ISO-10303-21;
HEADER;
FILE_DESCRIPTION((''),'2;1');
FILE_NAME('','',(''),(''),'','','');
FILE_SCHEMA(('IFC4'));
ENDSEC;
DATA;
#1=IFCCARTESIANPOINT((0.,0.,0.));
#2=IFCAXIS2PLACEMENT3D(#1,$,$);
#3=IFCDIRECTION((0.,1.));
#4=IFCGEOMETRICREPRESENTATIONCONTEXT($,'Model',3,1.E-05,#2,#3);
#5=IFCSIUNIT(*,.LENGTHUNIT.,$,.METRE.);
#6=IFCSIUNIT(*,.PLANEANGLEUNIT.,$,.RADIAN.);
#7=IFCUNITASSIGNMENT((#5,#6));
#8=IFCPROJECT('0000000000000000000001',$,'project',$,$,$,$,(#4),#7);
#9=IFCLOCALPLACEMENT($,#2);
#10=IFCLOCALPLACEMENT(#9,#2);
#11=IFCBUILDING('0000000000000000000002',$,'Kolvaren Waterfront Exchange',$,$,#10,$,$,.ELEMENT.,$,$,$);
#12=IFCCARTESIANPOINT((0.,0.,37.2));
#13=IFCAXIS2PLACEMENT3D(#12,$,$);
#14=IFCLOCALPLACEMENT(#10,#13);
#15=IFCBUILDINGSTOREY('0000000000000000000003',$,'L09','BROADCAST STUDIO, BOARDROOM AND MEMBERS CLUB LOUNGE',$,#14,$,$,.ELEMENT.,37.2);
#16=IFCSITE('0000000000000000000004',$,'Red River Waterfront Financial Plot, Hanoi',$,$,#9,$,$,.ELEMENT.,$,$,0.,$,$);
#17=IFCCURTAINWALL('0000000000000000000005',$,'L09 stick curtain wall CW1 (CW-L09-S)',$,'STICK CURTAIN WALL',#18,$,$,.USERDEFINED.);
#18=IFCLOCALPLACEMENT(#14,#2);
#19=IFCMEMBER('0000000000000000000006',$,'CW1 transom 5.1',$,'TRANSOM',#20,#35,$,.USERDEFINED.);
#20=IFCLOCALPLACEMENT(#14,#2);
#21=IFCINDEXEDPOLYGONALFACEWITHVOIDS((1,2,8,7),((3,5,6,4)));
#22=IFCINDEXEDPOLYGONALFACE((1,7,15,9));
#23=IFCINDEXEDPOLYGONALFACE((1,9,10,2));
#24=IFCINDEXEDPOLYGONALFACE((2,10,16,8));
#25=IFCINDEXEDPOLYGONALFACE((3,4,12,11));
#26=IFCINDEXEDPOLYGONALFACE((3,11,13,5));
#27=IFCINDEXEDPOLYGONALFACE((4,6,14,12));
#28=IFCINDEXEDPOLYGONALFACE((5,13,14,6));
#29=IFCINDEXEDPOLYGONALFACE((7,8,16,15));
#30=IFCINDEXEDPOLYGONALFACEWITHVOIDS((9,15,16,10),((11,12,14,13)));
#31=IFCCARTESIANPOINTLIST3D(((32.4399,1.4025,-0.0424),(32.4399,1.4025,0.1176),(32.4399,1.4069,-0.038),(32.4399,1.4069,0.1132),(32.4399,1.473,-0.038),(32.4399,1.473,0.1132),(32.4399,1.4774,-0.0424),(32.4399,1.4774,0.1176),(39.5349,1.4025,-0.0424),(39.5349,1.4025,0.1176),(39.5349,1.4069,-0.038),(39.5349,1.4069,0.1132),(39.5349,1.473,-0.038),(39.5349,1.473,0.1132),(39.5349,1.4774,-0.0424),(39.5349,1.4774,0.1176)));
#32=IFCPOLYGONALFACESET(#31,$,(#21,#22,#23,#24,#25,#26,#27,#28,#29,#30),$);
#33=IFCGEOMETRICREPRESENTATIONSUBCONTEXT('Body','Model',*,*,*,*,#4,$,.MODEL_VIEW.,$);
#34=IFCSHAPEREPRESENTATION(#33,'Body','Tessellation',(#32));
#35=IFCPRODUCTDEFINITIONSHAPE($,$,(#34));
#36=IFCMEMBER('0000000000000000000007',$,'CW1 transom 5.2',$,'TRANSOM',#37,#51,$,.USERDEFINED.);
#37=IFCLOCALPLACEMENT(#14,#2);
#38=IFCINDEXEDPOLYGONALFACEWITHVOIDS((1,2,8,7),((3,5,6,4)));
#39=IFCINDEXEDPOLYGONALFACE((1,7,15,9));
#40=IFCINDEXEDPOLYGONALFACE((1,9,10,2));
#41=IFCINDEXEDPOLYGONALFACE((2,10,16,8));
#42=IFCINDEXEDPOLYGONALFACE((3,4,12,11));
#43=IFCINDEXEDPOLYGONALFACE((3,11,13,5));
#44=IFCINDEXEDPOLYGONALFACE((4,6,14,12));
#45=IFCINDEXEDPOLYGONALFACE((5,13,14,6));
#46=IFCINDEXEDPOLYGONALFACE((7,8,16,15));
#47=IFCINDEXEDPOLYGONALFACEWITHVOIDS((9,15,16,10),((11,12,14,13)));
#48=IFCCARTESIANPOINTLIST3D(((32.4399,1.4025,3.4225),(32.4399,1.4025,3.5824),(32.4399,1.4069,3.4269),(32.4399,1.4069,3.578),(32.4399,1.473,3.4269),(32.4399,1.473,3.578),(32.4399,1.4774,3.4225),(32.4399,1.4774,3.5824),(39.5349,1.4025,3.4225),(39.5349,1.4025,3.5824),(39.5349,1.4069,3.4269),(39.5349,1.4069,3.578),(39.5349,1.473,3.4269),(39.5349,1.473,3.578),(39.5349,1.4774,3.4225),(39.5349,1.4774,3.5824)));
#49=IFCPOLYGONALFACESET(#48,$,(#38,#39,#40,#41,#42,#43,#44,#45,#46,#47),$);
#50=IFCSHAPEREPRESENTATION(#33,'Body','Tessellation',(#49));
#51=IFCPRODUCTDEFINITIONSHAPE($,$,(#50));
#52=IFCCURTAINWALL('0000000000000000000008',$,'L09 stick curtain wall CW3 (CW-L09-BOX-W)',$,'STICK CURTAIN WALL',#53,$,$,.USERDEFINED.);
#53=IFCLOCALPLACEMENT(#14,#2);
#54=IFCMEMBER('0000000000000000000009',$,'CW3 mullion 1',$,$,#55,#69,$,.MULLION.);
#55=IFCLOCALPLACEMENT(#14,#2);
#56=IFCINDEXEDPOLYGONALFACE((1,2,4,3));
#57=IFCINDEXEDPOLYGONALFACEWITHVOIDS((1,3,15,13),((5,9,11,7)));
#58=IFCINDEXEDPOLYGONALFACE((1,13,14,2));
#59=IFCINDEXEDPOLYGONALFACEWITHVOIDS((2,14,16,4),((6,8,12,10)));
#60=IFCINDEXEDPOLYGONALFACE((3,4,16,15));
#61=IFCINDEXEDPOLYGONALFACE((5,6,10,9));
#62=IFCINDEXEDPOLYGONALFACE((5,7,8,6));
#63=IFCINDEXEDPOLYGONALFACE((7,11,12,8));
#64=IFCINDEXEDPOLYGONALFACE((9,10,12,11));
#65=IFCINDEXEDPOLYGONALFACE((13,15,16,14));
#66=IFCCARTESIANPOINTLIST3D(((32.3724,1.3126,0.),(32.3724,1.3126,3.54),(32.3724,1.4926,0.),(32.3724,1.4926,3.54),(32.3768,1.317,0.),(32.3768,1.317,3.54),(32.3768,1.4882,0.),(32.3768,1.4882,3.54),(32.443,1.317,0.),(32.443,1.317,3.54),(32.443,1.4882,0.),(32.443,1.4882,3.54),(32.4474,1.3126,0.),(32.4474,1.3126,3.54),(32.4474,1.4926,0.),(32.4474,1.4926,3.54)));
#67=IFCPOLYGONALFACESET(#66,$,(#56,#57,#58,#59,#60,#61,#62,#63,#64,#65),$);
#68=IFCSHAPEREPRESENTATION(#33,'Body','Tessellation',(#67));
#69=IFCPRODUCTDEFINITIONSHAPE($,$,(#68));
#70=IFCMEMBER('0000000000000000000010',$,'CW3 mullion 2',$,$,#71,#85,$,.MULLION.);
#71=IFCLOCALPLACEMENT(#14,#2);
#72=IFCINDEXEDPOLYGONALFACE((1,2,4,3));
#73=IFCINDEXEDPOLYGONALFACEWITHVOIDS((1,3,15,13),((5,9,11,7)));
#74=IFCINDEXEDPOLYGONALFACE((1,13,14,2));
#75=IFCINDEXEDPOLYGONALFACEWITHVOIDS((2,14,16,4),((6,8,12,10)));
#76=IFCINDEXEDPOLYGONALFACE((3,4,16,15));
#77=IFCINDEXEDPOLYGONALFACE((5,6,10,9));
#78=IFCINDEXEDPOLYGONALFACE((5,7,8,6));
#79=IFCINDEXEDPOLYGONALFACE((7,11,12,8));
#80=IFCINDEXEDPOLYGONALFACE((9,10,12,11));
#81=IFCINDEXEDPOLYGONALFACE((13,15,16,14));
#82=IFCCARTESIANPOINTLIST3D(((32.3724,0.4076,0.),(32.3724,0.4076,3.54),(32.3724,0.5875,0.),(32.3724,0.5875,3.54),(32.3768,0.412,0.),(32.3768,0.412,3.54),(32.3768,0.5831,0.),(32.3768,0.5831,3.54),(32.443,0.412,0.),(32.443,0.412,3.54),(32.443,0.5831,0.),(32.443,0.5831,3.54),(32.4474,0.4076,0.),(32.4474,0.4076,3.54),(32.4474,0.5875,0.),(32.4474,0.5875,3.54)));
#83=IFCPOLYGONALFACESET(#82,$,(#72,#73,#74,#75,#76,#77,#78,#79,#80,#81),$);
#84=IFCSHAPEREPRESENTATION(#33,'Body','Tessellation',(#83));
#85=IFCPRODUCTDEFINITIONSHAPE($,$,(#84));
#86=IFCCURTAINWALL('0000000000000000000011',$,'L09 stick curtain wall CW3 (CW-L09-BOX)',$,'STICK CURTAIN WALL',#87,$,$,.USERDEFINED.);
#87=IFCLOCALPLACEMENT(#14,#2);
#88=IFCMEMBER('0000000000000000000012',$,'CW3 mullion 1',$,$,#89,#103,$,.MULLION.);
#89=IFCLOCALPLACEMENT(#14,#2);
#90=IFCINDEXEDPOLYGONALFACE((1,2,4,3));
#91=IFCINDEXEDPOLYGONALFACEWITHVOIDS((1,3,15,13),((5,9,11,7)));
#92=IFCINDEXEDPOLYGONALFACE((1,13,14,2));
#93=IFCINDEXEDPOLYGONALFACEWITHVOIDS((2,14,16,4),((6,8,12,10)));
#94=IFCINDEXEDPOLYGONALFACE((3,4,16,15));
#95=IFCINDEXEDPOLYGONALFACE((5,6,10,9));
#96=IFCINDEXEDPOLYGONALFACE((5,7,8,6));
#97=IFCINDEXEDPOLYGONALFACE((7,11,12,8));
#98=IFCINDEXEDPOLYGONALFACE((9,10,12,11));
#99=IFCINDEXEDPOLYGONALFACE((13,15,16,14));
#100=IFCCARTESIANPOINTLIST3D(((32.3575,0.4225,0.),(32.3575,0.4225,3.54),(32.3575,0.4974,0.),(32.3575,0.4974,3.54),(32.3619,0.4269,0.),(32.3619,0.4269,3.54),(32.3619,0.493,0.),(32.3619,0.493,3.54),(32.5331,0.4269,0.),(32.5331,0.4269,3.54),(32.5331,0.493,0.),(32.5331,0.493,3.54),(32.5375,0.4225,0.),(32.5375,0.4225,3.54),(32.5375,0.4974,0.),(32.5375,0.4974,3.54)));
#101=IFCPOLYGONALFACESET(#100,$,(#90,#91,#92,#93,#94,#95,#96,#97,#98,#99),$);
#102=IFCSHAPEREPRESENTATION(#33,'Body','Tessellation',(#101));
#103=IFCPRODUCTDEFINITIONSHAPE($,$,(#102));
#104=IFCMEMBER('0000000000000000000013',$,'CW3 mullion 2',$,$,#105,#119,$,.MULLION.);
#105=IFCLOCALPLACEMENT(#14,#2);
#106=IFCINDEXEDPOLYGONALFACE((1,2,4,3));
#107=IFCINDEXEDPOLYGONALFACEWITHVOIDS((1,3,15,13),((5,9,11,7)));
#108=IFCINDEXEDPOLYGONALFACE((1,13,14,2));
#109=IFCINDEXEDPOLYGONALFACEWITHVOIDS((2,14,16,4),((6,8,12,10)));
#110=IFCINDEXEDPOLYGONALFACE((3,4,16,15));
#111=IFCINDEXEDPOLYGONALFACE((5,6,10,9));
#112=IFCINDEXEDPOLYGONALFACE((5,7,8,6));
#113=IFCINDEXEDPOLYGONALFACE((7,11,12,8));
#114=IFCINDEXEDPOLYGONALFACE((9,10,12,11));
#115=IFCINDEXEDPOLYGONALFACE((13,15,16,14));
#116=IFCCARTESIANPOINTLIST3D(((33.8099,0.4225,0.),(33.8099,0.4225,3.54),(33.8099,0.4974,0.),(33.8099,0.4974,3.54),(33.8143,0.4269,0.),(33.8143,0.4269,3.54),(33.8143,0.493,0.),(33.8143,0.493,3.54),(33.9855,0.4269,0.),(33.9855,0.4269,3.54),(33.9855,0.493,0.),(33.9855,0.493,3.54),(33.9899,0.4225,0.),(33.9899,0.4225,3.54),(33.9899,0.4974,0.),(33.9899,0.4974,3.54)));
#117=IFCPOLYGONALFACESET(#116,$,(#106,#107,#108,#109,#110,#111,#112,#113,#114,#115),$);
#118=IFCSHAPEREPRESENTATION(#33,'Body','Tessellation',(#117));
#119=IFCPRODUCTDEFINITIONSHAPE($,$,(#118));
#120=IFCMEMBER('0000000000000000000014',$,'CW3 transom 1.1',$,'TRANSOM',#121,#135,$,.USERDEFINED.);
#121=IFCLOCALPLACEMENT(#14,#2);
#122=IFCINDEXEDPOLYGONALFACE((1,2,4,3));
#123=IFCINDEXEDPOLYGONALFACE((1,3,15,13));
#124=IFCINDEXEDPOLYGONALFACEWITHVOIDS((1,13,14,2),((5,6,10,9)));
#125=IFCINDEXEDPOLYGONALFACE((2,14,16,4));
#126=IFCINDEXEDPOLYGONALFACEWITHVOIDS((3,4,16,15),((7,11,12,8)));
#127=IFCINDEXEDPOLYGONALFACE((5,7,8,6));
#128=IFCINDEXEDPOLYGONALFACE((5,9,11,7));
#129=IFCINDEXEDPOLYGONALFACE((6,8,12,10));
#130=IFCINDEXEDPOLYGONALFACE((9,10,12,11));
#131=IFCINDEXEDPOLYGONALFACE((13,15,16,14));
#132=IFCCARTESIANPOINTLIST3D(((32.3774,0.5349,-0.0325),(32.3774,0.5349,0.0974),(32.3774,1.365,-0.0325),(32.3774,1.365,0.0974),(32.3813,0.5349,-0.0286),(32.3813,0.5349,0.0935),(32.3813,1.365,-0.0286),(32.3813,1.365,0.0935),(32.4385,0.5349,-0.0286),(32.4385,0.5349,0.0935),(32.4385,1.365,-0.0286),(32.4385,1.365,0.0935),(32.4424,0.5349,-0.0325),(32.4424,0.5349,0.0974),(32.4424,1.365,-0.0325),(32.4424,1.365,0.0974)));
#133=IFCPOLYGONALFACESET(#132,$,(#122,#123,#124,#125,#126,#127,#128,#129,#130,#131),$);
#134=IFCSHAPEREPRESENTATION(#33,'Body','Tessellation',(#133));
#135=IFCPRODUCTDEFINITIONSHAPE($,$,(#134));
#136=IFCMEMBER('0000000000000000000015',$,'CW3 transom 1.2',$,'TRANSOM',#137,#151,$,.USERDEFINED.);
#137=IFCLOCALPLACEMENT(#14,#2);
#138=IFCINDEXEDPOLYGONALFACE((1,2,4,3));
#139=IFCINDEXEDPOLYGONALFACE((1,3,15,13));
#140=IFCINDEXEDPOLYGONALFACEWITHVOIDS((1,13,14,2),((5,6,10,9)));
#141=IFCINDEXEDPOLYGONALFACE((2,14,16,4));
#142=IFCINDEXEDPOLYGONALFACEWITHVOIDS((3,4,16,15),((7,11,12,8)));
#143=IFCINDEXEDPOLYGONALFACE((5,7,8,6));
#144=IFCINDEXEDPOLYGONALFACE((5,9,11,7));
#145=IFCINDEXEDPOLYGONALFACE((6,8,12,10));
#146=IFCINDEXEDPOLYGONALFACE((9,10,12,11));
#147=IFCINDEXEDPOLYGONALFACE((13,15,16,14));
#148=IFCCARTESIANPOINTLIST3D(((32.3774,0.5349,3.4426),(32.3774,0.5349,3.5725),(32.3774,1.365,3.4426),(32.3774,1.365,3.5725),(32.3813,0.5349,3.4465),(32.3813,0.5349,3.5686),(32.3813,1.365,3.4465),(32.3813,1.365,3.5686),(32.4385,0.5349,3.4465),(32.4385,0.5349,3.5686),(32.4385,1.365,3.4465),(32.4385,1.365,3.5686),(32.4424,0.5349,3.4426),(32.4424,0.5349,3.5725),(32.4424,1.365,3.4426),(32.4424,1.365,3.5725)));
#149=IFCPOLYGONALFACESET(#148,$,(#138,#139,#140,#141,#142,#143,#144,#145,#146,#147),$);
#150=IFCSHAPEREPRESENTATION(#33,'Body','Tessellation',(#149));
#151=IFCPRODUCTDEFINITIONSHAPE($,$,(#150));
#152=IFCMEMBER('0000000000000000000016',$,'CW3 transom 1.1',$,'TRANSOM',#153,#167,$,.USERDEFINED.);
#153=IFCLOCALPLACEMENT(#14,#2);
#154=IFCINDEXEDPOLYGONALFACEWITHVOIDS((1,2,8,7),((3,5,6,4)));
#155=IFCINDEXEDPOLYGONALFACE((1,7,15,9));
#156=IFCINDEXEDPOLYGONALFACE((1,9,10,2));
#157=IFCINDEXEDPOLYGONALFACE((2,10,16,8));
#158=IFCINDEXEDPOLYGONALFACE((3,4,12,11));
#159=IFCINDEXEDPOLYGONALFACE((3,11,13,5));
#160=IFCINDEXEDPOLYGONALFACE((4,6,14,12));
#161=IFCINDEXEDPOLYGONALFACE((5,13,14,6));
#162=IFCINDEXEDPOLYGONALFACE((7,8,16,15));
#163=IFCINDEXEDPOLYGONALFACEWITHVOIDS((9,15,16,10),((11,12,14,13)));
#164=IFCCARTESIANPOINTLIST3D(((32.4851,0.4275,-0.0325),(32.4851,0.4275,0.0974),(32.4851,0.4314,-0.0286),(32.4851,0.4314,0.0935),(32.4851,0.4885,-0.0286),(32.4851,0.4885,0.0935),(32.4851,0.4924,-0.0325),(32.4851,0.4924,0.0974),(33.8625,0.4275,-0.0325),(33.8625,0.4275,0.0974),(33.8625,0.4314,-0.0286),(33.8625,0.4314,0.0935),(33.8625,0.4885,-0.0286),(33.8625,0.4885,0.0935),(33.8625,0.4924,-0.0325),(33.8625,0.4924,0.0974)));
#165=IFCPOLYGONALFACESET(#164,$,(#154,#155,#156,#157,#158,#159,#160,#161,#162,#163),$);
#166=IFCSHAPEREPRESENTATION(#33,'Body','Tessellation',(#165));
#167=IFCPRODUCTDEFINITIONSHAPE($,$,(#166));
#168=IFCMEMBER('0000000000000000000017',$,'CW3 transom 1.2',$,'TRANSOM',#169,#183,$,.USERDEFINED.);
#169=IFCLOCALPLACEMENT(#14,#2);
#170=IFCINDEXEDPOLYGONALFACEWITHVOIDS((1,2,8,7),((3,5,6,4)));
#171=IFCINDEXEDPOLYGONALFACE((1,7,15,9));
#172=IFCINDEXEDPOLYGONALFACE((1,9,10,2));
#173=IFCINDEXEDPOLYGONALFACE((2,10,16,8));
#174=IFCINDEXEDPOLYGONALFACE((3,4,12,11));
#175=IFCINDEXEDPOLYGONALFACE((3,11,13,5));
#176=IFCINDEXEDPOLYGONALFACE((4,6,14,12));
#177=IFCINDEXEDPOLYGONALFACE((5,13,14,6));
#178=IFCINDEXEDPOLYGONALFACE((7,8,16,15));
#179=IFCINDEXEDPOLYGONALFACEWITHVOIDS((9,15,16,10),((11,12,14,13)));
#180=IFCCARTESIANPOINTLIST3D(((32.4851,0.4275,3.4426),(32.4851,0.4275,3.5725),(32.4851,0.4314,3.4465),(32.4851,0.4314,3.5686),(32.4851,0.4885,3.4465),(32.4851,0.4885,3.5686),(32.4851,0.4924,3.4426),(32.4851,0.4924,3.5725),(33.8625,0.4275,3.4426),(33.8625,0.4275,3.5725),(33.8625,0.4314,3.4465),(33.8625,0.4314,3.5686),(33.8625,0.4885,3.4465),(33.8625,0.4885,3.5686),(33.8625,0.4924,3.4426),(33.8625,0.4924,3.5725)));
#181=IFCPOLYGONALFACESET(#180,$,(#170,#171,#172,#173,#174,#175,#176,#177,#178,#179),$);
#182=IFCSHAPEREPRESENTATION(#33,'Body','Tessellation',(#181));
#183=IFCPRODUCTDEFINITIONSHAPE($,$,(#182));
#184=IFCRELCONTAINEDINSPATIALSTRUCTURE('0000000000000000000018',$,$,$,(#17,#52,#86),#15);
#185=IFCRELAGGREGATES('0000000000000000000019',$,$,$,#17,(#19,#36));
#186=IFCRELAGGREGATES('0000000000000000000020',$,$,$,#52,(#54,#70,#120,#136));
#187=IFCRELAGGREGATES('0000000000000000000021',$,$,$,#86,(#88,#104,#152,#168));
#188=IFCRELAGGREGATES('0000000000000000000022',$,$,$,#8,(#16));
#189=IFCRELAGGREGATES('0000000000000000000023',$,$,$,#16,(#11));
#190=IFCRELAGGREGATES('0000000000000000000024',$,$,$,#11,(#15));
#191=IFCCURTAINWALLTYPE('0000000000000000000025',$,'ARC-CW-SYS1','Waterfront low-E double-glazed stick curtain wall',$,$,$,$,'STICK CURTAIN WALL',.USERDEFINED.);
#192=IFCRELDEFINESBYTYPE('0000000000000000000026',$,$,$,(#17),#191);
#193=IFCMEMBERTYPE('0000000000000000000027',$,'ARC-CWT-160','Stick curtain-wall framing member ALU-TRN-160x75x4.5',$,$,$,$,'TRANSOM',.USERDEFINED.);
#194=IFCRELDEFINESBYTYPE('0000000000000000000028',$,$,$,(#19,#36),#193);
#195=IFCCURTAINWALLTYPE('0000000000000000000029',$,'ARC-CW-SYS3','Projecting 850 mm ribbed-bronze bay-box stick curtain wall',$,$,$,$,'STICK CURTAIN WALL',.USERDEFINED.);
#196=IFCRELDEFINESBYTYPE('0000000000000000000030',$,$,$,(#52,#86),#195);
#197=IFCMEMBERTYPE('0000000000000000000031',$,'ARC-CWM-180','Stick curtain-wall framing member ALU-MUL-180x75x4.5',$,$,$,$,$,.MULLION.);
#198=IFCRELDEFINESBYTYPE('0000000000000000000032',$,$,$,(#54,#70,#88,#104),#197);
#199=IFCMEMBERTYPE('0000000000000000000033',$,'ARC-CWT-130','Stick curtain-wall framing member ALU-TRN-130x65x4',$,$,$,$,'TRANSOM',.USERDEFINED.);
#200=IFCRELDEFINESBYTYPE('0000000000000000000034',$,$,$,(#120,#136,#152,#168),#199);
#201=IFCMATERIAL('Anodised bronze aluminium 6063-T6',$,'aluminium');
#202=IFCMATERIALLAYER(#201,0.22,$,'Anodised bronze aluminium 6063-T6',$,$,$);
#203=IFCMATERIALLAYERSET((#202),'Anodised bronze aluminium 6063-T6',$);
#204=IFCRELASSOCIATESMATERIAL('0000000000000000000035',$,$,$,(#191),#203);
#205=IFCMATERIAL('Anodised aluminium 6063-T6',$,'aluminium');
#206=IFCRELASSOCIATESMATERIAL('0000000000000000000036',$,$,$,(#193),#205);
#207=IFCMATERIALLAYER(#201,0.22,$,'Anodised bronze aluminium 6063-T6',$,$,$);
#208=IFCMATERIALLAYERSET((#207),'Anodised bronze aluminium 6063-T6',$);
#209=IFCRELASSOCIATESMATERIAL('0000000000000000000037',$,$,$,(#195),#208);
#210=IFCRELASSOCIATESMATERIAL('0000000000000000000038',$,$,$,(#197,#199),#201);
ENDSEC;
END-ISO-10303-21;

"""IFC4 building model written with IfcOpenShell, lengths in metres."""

from ifc_helpers import new_model, si_unit, direction, frame, origin, origin_with_axes, origin_2d, place, context, subcontext, project, spatial, hollow_rectangle, extrude, source, transform, mapped, material, layer, layer_set, material_profile, profile_set, type_object, element, aggregate, save


model = new_model("IFC4")

# Units and contexts
model_context = context("Model", 3, precision=1e-05, world=origin(), true_north=direction((0.0, 1.0)))
body_context = subcontext(model_context, "Body", "Model", "MODEL_VIEW")
ifc_project = project(units=[si_unit("LENGTHUNIT", "METRE"), si_unit("PLANEANGLEUNIT", "RADIAN")], contexts=[model_context])

# Site, building, storey
site_placement = place(None, origin())
site = spatial("IfcSite", under=ifc_project, at=site_placement, Name="Red River Waterfront Financial Plot, Hanoi", CompositionType="ELEMENT", RefElevation=0.0)
building_placement = place(site_placement, origin())
building = spatial("IfcBuilding", under=site, at=building_placement, Name="Kolvaren Waterfront Exchange", CompositionType="ELEMENT")
storey_placement = place(building_placement, frame((0.0, 0.0, 37.2)))
storey = spatial("IfcBuildingStorey", under=building, at=storey_placement, Name="L09", Description="BROADCAST STUDIO, BOARDROOM AND MEMBERS CLUB LOUNGE", CompositionType="ELEMENT", Elevation=37.2)

# Curtain walls, members
ifc_material_1 = material(Name="Anodised bronze aluminium 6063-T6", Category="aluminium")
ifc_layer_1 = layer(ifc_material_1, 0.22, Name="Anodised bronze aluminium 6063-T6")
ifc_layer_set_1 = layer_set([ifc_layer_1], Name="Anodised bronze aluminium 6063-T6")
curtain_wall_type_1 = type_object("IfcCurtainWallType", Name="ARC-CW-SYS1", Description="Waterfront low-E double-glazed stick curtain wall", ElementType="STICK CURTAIN WALL", PredefinedType="USERDEFINED", material=ifc_layer_set_1)
curtain_wall_1_placement = place(storey_placement, origin())
curtain_wall_1 = element("IfcCurtainWall", 1, at=curtain_wall_1_placement, inside=storey, type_object=curtain_wall_type_1, Name="L09 stick curtain wall CW1 (CW-L09-S)", ObjectType="STICK CURTAIN WALL", PredefinedType="USERDEFINED")
ifc_material_2 = material(Name="Anodised aluminium 6063-T6", Category="aluminium")
ifc_material_profile_1 = material_profile(ifc_material_2, hollow_rectangle(XDim=0.075, YDim=0.1599, WallThickness=0.0044, at=origin_2d()), Name="ALU-TRN-160x75x4.5")
ifc_profile_set_1 = profile_set([ifc_material_profile_1], Name="Anodised aluminium 6063-T6")
member_type_1 = type_object("IfcMemberType", Name="ARC-CWT-160", Description="Stick curtain-wall framing member ALU-TRN-160x75x4.5", ElementType="TRANSOM", PredefinedType="USERDEFINED", material=ifc_profile_set_1)
shared_shape_1 = source(origin_with_axes(), body_context, "Body", "SweptSolid", [
    extrude(hollow_rectangle(XDim=0.075, YDim=0.1599, WallThickness=0.0044, at=origin_2d()), origin(), (0.0, 0.0, 1.0), 7.095),
])
member_1_placement = place(storey_placement, frame((32.4399, 1.4399, 0.0376), z_axis=(1.0, 0.0, 0.0), x_axis=(0.0, 1.0, 0.0)))
member_1 = element("IfcMember", 2, at=member_1_placement, type_object=member_type_1, Name="CW1 transom 5.1", ObjectType="TRANSOM", PredefinedType="USERDEFINED", context=body_context, shape_type="MappedRepresentation", body=[
    mapped(shared_shape_1, transform((0.0, 0.0, 0.0), x_axis=(1.0, 0.0, 0.0), y_axis=(0.0, 1.0, 0.0), z_axis=(0.0, 0.0, 1.0), scale=1.0)),
])
member_2_placement = place(storey_placement, frame((32.4399, 1.4399, 3.5024), z_axis=(1.0, 0.0, 0.0), x_axis=(0.0, 1.0, 0.0)))
member_2 = element("IfcMember", 3, at=member_2_placement, type_object=member_type_1, Name="CW1 transom 5.2", ObjectType="TRANSOM", PredefinedType="USERDEFINED", context=body_context, shape_type="MappedRepresentation", body=[
    mapped(shared_shape_1, transform((0.0, 0.0, 0.0), x_axis=(1.0, 0.0, 0.0), y_axis=(0.0, 1.0, 0.0), z_axis=(0.0, 0.0, 1.0), scale=1.0)),
])
ifc_layer_2 = layer(ifc_material_1, 0.22, Name="Anodised bronze aluminium 6063-T6")
ifc_layer_set_2 = layer_set([ifc_layer_2], Name="Anodised bronze aluminium 6063-T6")
curtain_wall_type_2 = type_object("IfcCurtainWallType", Name="ARC-CW-SYS3", Description="Projecting 850 mm ribbed-bronze bay-box stick curtain wall", ElementType="STICK CURTAIN WALL", PredefinedType="USERDEFINED", material=ifc_layer_set_2)
curtain_wall_2_placement = place(storey_placement, origin())
curtain_wall_2 = element("IfcCurtainWall", 4, at=curtain_wall_2_placement, inside=storey, type_object=curtain_wall_type_2, Name="L09 stick curtain wall CW3 (CW-L09-BOX-W)", ObjectType="STICK CURTAIN WALL", PredefinedType="USERDEFINED")
ifc_material_profile_2 = material_profile(ifc_material_1, hollow_rectangle(XDim=0.075, YDim=0.1799, WallThickness=0.0044, at=origin_2d()), Name="ALU-MUL-180x75x4.5")
ifc_profile_set_2 = profile_set([ifc_material_profile_2], Name="Anodised bronze aluminium 6063-T6")
member_type_2 = type_object("IfcMemberType", Name="ARC-CWM-180", Description="Stick curtain-wall framing member ALU-MUL-180x75x4.5", PredefinedType="MULLION", material=ifc_profile_set_2)
shared_shape_2 = source(origin_with_axes(), body_context, "Body", "SweptSolid", [
    extrude(hollow_rectangle(XDim=0.075, YDim=0.1799, WallThickness=0.0044, at=origin_2d()), origin(), (0.0, 0.0, 1.0), 3.54),
])
member_3_placement = place(storey_placement, frame((32.4099, 1.4026, 0.0), z_axis=(0.0, 0.0, 1.0), x_axis=(1.0, 0.0, 0.0)))
member_3 = element("IfcMember", 5, at=member_3_placement, type_object=member_type_2, Name="CW3 mullion 1", PredefinedType="MULLION", context=body_context, shape_type="MappedRepresentation", body=[
    mapped(shared_shape_2, transform((0.0, 0.0, 0.0), x_axis=(1.0, 0.0, 0.0), y_axis=(0.0, 1.0, 0.0), z_axis=(0.0, 0.0, 1.0), scale=1.0)),
])
member_4_placement = place(storey_placement, frame((32.4099, 0.4976, 0.0), z_axis=(0.0, 0.0, 1.0), x_axis=(1.0, 0.0, 0.0)))
member_4 = element("IfcMember", 6, at=member_4_placement, type_object=member_type_2, Name="CW3 mullion 2", PredefinedType="MULLION", context=body_context, shape_type="MappedRepresentation", body=[
    mapped(shared_shape_2, transform((0.0, 0.0, 0.0), x_axis=(1.0, 0.0, 0.0), y_axis=(0.0, 1.0, 0.0), z_axis=(0.0, 0.0, 1.0), scale=1.0)),
])
curtain_wall_3_placement = place(storey_placement, origin())
curtain_wall_3 = element("IfcCurtainWall", 7, at=curtain_wall_3_placement, inside=storey, type_object=curtain_wall_type_2, Name="L09 stick curtain wall CW3 (CW-L09-BOX)", ObjectType="STICK CURTAIN WALL", PredefinedType="USERDEFINED")
member_5_placement = place(storey_placement, frame((32.4475, 0.46, 0.0), z_axis=(0.0, 0.0, 1.0), x_axis=(0.0, 1.0, 0.0)))
member_5 = element("IfcMember", 8, at=member_5_placement, type_object=member_type_2, Name="CW3 mullion 1", PredefinedType="MULLION", context=body_context, shape_type="MappedRepresentation", body=[
    mapped(shared_shape_2, transform((0.0, 0.0, 0.0), x_axis=(1.0, 0.0, 0.0), y_axis=(0.0, 1.0, 0.0), z_axis=(0.0, 0.0, 1.0), scale=1.0)),
])
member_6_placement = place(storey_placement, frame((33.8999, 0.46, 0.0), z_axis=(0.0, 0.0, 1.0), x_axis=(0.0, 1.0, 0.0)))
member_6 = element("IfcMember", 9, at=member_6_placement, type_object=member_type_2, Name="CW3 mullion 2", PredefinedType="MULLION", context=body_context, shape_type="MappedRepresentation", body=[
    mapped(shared_shape_2, transform((0.0, 0.0, 0.0), x_axis=(1.0, 0.0, 0.0), y_axis=(0.0, 1.0, 0.0), z_axis=(0.0, 0.0, 1.0), scale=1.0)),
])

# Members
ifc_material_profile_3 = material_profile(ifc_material_1, hollow_rectangle(XDim=0.0649, YDim=0.1299, WallThickness=0.0039, at=origin_2d()), Name="ALU-TRN-130x65x4")
ifc_profile_set_3 = profile_set([ifc_material_profile_3], Name="Anodised bronze aluminium 6063-T6")
member_type_3 = type_object("IfcMemberType", Name="ARC-CWT-130", Description="Stick curtain-wall framing member ALU-TRN-130x65x4", ElementType="TRANSOM", PredefinedType="USERDEFINED", material=ifc_profile_set_3)
shared_shape_3 = source(origin_with_axes(), body_context, "Body", "SweptSolid", [
    extrude(hollow_rectangle(XDim=0.0649, YDim=0.1299, WallThickness=0.0039, at=origin_2d()), origin(), (0.0, 0.0, 1.0), 0.8301),
])
member_7_placement = place(storey_placement, frame((32.4099, 1.365, 0.0325), z_axis=(0.0, -1.0, 0.0), x_axis=(1.0, 0.0, 0.0)))
member_7 = element("IfcMember", 10, at=member_7_placement, type_object=member_type_3, Name="CW3 transom 1.1", ObjectType="TRANSOM", PredefinedType="USERDEFINED", context=body_context, shape_type="MappedRepresentation", body=[
    mapped(shared_shape_3, transform((0.0, 0.0, 0.0), x_axis=(1.0, 0.0, 0.0), y_axis=(0.0, 1.0, 0.0), z_axis=(0.0, 0.0, 1.0), scale=1.0)),
])
member_8_placement = place(storey_placement, frame((32.4099, 1.365, 3.5076), z_axis=(0.0, -1.0, 0.0), x_axis=(1.0, 0.0, 0.0)))
member_8 = element("IfcMember", 11, at=member_8_placement, type_object=member_type_3, Name="CW3 transom 1.2", ObjectType="TRANSOM", PredefinedType="USERDEFINED", context=body_context, shape_type="MappedRepresentation", body=[
    mapped(shared_shape_3, transform((0.0, 0.0, 0.0), x_axis=(1.0, 0.0, 0.0), y_axis=(0.0, 1.0, 0.0), z_axis=(0.0, 0.0, 1.0), scale=1.0)),
])
shared_shape_4 = source(origin_with_axes(), body_context, "Body", "SweptSolid", [
    extrude(hollow_rectangle(XDim=0.0649, YDim=0.1299, WallThickness=0.0039, at=origin_2d()), origin(), (0.0, 0.0, 1.0), 1.3774),
])
member_9_placement = place(storey_placement, frame((32.4851, 0.46, 0.0325), z_axis=(1.0, 0.0, 0.0), x_axis=(0.0, 1.0, 0.0)))
member_9 = element("IfcMember", 12, at=member_9_placement, type_object=member_type_3, Name="CW3 transom 1.1", ObjectType="TRANSOM", PredefinedType="USERDEFINED", context=body_context, shape_type="MappedRepresentation", body=[
    mapped(shared_shape_4, transform((0.0, 0.0, 0.0), x_axis=(1.0, 0.0, 0.0), y_axis=(0.0, 1.0, 0.0), z_axis=(0.0, 0.0, 1.0), scale=1.0)),
])
member_10_placement = place(storey_placement, frame((32.4851, 0.46, 3.5076), z_axis=(1.0, 0.0, 0.0), x_axis=(0.0, 1.0, 0.0)))
member_10 = element("IfcMember", 13, at=member_10_placement, type_object=member_type_3, Name="CW3 transom 1.2", ObjectType="TRANSOM", PredefinedType="USERDEFINED", context=body_context, shape_type="MappedRepresentation", body=[
    mapped(shared_shape_4, transform((0.0, 0.0, 0.0), x_axis=(1.0, 0.0, 0.0), y_axis=(0.0, 1.0, 0.0), z_axis=(0.0, 0.0, 1.0), scale=1.0)),
])
aggregate(curtain_wall_1, [member_1, member_2])

aggregate(curtain_wall_2, [member_3, member_4, member_7, member_8])
aggregate(curtain_wall_3, [member_5, member_6, member_9, member_10])

save(model, "model.ifc")
